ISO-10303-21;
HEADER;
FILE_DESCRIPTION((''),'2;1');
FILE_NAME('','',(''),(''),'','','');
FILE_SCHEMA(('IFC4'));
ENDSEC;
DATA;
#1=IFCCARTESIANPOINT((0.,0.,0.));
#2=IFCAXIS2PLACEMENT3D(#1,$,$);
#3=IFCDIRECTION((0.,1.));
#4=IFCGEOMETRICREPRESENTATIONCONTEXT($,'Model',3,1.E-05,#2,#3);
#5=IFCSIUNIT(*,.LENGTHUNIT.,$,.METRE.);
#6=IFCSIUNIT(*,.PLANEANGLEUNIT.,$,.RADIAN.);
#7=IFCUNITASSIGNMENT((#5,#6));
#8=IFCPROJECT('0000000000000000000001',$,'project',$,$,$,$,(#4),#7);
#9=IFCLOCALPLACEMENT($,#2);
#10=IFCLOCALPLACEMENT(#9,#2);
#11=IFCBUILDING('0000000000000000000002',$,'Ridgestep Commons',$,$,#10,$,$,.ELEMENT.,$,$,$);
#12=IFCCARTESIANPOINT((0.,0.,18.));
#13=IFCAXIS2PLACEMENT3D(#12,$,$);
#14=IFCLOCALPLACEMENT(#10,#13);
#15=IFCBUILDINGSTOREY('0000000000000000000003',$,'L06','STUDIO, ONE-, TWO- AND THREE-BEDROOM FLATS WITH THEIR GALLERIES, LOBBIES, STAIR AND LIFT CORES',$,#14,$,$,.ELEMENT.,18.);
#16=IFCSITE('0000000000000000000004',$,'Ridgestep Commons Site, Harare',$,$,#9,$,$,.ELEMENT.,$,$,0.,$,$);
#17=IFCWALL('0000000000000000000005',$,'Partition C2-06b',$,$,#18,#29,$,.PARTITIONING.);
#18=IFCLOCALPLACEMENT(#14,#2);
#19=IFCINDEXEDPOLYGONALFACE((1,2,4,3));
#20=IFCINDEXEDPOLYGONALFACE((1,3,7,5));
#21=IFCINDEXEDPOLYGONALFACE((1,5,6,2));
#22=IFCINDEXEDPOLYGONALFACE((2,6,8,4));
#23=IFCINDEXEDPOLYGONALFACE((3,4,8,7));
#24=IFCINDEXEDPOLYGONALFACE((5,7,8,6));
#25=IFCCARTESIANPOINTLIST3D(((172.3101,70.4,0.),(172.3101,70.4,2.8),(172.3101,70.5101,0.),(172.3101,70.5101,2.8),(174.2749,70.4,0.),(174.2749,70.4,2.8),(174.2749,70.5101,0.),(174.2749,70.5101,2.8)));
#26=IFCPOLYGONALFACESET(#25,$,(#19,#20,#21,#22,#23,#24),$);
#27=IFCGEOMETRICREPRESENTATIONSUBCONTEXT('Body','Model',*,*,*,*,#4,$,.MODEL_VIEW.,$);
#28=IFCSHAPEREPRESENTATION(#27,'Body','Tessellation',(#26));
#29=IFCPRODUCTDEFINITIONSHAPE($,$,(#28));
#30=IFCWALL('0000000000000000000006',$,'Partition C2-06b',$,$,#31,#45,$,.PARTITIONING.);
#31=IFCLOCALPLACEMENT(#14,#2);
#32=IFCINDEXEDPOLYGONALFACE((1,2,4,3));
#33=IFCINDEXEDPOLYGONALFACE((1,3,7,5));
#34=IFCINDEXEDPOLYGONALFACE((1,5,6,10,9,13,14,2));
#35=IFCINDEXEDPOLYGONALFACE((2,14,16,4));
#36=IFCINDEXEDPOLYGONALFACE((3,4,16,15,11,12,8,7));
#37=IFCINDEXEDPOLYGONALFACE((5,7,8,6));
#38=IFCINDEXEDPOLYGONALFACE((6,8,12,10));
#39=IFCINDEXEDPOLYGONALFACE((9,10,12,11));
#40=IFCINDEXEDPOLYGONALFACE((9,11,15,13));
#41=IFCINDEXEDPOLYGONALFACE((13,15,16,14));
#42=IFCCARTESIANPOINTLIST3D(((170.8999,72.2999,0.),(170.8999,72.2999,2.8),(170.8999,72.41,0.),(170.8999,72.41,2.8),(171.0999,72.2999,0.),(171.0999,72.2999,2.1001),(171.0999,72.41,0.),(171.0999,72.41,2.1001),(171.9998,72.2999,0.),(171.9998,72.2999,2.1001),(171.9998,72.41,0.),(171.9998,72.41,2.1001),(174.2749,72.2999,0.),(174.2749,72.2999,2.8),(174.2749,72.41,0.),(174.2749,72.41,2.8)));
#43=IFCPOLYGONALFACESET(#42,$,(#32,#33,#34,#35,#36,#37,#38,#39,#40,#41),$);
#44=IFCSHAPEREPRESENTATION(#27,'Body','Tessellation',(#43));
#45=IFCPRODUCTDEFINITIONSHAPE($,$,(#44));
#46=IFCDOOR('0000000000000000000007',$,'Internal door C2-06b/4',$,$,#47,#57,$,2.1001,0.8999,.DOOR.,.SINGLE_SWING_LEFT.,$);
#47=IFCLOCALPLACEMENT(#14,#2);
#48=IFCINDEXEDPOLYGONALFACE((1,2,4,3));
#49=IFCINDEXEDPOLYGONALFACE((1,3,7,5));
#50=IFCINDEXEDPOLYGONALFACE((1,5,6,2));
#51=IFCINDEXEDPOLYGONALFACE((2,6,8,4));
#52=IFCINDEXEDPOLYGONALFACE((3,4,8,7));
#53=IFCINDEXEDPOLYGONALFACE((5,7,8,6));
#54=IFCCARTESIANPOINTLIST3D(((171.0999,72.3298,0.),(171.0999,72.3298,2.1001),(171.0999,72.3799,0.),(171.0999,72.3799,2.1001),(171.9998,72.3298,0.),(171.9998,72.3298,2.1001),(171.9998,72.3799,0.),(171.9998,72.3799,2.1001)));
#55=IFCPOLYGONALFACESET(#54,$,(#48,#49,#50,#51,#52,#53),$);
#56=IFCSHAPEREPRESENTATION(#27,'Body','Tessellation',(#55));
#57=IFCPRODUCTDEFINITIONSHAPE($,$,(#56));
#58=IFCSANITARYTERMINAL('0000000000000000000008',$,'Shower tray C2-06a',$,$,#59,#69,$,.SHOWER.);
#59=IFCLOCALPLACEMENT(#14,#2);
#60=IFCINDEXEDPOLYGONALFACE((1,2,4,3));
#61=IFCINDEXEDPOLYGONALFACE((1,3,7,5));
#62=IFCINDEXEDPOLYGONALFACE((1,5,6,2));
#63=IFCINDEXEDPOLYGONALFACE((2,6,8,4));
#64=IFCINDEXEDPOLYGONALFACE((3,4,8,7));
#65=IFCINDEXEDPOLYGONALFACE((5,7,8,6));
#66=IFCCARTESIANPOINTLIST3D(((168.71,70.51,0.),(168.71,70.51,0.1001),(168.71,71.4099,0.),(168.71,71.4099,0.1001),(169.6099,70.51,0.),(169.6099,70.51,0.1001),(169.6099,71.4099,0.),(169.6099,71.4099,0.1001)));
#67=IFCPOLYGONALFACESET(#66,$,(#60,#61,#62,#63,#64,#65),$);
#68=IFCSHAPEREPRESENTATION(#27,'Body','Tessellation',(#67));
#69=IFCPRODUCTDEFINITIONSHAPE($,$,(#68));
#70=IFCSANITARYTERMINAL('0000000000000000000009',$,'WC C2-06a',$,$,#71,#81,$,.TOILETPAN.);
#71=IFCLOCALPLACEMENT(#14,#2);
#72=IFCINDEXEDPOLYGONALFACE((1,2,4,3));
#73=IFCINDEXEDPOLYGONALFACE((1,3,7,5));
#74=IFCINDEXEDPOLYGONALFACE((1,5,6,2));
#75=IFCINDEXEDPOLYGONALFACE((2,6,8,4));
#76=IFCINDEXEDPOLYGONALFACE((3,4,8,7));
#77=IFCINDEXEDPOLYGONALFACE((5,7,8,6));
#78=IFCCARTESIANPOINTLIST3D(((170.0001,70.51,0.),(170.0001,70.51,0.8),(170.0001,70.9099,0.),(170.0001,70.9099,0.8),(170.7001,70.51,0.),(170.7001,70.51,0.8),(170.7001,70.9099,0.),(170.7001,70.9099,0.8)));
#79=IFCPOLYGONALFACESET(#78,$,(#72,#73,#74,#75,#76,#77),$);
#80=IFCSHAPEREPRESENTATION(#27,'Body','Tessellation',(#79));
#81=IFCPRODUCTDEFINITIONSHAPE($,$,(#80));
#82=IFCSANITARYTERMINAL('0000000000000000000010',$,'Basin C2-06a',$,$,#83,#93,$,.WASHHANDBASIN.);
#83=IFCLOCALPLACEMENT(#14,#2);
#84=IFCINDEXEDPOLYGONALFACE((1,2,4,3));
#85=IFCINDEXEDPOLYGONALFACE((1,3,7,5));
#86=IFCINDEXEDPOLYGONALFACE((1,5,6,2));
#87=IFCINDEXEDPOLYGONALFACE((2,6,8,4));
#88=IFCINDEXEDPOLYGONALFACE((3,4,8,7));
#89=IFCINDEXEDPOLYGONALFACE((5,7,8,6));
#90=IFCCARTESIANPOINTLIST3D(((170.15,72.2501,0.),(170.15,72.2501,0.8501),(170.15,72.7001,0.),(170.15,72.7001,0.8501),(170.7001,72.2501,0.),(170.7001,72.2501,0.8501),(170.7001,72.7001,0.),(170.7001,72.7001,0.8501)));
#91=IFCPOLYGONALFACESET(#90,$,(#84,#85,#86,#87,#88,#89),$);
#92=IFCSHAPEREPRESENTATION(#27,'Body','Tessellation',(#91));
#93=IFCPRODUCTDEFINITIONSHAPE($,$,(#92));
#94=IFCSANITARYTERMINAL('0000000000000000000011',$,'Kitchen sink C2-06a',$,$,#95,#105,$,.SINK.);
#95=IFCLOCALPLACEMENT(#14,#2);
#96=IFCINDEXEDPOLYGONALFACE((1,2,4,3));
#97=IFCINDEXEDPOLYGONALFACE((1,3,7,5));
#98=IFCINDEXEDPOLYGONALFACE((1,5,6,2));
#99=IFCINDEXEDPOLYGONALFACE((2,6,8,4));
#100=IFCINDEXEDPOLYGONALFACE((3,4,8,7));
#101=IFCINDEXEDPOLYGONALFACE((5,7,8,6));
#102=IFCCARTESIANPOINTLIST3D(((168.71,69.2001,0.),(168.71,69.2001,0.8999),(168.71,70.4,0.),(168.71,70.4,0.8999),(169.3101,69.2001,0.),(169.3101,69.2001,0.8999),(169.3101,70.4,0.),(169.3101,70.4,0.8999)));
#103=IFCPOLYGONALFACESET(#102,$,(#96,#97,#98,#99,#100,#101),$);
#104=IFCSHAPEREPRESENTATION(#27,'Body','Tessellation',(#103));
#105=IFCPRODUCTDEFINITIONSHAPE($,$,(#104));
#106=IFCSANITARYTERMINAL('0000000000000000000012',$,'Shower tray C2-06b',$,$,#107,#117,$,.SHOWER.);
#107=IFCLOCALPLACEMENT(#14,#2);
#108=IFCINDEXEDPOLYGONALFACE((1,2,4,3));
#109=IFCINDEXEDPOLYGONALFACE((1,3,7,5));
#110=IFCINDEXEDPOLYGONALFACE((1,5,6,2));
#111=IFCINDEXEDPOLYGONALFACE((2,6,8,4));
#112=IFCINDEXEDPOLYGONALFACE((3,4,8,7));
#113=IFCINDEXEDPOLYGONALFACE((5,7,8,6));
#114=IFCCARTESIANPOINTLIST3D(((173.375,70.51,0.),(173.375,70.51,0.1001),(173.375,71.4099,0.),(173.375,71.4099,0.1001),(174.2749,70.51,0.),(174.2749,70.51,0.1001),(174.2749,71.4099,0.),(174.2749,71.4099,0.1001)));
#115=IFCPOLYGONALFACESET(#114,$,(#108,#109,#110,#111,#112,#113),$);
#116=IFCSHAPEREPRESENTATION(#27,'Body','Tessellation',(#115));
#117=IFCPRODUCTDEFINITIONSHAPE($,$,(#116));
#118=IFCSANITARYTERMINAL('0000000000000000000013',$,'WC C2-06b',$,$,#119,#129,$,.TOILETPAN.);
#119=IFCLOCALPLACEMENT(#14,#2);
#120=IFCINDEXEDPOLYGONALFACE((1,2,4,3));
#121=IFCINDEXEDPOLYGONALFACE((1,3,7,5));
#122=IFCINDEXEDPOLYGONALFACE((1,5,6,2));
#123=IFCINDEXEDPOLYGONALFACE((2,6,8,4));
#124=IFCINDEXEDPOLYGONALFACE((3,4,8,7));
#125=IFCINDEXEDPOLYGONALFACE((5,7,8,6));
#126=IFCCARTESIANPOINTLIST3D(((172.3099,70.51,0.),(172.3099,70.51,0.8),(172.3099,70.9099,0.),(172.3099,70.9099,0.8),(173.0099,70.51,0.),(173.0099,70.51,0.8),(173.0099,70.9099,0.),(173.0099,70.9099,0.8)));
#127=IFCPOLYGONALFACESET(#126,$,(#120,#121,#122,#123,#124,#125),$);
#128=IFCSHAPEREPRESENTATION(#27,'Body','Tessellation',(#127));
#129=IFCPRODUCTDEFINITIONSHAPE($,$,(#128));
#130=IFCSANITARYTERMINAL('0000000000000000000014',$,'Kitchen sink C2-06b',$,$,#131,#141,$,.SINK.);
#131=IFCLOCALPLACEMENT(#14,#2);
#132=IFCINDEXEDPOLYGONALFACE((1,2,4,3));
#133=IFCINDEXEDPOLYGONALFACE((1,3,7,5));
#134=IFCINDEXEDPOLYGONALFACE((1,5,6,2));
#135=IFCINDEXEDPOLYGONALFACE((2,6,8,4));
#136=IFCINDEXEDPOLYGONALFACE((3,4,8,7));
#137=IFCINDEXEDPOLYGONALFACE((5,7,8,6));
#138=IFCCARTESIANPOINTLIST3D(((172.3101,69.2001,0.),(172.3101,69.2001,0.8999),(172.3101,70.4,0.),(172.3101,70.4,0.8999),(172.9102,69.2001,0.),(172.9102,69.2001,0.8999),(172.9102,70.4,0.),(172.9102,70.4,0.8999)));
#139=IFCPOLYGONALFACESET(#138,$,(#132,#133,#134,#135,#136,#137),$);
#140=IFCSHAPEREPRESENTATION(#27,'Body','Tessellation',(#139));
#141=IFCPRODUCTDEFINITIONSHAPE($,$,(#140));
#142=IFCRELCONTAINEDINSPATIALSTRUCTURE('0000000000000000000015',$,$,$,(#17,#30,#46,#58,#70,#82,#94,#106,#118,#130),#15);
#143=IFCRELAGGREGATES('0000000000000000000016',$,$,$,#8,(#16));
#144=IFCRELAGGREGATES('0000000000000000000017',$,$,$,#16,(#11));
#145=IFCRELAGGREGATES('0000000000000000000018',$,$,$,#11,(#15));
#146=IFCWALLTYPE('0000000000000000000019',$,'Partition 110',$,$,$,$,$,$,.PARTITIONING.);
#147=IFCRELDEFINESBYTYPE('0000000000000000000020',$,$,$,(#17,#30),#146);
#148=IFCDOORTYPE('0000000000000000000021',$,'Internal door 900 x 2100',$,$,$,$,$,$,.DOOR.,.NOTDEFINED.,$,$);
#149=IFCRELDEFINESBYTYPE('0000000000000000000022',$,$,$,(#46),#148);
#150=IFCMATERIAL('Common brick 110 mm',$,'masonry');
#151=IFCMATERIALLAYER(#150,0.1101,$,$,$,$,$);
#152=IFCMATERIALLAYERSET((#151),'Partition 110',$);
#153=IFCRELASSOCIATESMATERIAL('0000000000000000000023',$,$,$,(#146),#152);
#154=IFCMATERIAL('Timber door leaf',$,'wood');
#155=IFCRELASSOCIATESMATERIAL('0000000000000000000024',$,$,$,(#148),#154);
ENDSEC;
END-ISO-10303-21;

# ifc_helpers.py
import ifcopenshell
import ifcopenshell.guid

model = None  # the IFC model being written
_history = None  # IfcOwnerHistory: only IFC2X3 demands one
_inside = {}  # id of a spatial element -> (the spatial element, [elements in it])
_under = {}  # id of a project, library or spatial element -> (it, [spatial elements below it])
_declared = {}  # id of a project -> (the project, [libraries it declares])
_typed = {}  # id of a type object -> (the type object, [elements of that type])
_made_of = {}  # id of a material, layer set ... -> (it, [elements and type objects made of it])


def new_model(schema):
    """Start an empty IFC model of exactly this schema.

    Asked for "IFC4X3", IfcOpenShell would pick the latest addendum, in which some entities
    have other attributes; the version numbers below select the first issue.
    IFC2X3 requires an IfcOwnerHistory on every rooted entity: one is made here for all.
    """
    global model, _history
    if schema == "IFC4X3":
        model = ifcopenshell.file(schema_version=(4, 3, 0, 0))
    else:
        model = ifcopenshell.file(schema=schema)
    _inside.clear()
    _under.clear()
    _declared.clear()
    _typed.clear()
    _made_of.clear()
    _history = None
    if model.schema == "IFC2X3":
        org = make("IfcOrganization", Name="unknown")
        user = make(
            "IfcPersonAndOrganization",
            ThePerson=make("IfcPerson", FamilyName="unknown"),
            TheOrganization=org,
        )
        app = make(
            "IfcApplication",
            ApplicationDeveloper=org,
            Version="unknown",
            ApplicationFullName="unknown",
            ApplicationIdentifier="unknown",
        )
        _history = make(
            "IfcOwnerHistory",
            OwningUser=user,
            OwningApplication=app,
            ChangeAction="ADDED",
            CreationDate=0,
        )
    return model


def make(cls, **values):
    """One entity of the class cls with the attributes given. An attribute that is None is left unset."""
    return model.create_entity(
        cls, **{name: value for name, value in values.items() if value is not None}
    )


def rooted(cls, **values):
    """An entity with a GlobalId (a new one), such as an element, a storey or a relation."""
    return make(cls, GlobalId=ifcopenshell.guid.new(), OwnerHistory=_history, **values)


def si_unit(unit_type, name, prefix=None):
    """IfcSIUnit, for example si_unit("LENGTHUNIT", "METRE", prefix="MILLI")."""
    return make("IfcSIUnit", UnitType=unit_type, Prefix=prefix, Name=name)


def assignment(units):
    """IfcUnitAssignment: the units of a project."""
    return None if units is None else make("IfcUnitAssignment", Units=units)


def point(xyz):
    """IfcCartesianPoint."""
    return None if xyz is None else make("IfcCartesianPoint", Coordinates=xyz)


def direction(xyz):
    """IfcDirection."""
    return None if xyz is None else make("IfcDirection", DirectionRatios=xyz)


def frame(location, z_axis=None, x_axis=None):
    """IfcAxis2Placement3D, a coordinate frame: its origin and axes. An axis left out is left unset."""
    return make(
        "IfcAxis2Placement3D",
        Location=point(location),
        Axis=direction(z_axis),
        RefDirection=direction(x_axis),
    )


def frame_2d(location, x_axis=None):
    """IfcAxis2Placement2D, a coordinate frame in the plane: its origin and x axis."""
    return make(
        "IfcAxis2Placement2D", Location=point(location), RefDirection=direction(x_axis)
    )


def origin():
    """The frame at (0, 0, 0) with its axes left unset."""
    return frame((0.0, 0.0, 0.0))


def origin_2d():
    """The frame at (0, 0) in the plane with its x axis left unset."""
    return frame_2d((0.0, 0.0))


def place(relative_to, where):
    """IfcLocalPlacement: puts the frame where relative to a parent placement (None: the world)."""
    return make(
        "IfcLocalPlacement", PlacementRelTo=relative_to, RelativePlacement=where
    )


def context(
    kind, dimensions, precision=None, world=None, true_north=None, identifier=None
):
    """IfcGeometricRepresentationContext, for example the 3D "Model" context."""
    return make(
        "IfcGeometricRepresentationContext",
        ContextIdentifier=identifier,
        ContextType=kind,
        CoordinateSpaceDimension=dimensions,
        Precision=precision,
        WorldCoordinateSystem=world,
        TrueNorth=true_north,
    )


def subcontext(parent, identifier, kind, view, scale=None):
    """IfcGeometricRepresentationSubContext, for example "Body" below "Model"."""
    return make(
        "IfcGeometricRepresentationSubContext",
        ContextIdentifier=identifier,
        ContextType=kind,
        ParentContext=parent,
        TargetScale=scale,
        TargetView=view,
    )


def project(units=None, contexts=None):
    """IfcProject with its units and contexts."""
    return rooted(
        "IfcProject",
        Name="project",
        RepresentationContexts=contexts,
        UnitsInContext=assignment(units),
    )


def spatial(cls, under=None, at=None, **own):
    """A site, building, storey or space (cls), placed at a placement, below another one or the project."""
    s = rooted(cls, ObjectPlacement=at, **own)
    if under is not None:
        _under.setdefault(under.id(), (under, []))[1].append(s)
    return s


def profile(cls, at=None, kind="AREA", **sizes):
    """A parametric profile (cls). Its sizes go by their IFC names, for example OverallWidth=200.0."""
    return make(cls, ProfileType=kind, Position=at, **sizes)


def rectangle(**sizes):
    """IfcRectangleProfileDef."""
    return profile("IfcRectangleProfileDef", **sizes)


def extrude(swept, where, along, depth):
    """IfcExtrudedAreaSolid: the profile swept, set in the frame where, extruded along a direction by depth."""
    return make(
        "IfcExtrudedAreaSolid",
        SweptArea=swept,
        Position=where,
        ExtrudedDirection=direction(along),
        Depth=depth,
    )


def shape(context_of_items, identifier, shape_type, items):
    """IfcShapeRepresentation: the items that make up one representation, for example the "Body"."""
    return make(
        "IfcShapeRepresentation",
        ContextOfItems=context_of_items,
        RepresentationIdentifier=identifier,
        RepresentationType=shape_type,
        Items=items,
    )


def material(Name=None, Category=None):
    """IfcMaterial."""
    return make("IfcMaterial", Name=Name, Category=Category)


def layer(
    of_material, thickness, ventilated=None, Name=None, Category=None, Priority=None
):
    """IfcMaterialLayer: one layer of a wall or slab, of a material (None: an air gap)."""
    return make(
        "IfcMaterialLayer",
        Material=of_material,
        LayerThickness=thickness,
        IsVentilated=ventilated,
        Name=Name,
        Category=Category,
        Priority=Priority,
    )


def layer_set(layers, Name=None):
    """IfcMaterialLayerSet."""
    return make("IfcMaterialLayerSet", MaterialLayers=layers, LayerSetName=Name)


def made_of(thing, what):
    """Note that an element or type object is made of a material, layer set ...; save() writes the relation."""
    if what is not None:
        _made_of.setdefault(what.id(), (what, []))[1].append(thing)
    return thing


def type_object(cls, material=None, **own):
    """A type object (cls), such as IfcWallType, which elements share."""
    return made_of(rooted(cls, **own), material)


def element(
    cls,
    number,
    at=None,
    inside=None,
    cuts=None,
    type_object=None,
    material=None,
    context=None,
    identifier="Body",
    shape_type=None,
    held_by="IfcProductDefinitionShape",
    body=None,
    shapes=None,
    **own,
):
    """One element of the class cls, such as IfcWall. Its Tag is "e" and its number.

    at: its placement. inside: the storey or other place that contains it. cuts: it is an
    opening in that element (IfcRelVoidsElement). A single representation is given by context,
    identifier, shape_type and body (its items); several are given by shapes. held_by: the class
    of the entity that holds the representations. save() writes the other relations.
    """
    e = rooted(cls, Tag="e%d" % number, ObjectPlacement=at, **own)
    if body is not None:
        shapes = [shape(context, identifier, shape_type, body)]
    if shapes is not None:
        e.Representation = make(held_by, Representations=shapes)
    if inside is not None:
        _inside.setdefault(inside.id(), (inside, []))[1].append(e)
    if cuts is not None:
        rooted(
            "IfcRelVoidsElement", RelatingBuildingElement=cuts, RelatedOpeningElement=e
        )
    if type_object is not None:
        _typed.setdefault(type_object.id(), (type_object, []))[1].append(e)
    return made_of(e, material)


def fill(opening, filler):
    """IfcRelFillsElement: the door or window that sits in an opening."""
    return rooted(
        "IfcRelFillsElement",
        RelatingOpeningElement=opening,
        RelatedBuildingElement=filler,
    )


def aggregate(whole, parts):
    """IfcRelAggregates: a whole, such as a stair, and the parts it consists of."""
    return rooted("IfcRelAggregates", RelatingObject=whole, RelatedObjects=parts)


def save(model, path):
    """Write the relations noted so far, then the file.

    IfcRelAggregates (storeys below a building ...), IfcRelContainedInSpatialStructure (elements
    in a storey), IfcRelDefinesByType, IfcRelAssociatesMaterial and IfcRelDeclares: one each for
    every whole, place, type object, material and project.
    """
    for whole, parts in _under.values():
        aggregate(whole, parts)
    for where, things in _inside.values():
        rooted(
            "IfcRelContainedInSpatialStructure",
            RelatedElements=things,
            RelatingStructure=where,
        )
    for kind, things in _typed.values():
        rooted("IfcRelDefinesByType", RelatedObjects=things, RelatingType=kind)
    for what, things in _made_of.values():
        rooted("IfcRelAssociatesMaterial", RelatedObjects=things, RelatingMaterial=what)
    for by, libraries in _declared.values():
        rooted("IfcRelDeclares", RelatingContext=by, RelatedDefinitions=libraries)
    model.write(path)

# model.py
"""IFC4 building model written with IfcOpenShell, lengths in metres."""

from ifc_helpers import new_model, si_unit, direction, frame, frame_2d, origin, origin_2d, place, context, subcontext, project, spatial, rectangle, extrude, material, layer, layer_set, type_object, element, fill, save


model = new_model("IFC4")

# Units and contexts
model_context = context("Model", 3, precision=1e-05, world=origin(), true_north=direction((0.0, 1.0)))
body_context = subcontext(model_context, "Body", "Model", "MODEL_VIEW")
ifc_project = project(units=[si_unit("LENGTHUNIT", "METRE"), si_unit("PLANEANGLEUNIT", "RADIAN")], contexts=[model_context])

# Site, building, storey
site_placement = place(None, origin())
site = spatial("IfcSite", under=ifc_project, at=site_placement, Name="Ridgestep Commons Site, Harare", CompositionType="ELEMENT", RefElevation=0.0)
building_placement = place(site_placement, origin())
building = spatial("IfcBuilding", under=site, at=building_placement, Name="Ridgestep Commons", CompositionType="ELEMENT")
storey_placement = place(building_placement, frame((0.0, 0.0, 18.0)))
storey = spatial("IfcBuildingStorey", under=building, at=storey_placement, Name="L06", Description="STUDIO, ONE-, TWO- AND THREE-BEDROOM FLATS WITH THEIR GALLERIES, LOBBIES, STAIR AND LIFT CORES", CompositionType="ELEMENT", Elevation=18.0)

# Shared definitions
ifc_material_1 = material(Name="Common brick 110 mm", Category="masonry")
ifc_layer_1 = layer(ifc_material_1, 0.1101)
ifc_layer_set_1 = layer_set([ifc_layer_1], Name="Partition 110")
wall_type_1 = type_object("IfcWallType", Name="Partition 110", PredefinedType="PARTITIONING", material=ifc_layer_set_1)

# Shared definitions
ifc_material_2 = material(Name="Timber door leaf", Category="wood")
door_type_1 = type_object("IfcDoorType", Name="Internal door 900 x 2100", OperationType="NOTDEFINED", PredefinedType="DOOR", material=ifc_material_2)

# Wall
wall_1_placement = place(storey_placement, frame((172.3101, 70.4551, 0.0), z_axis=(0.0, 0.0, 1.0), x_axis=(1.0, 0.0, 0.0)))
element("IfcWall", 1, at=wall_1_placement, inside=storey, type_object=wall_type_1, Name="Partition C2-06b", PredefinedType="PARTITIONING", context=body_context, shape_type="SweptSolid", body=[
    extrude(rectangle(XDim=1.9648, YDim=0.1101, at=frame_2d((0.9824, 0.0))), origin(), (0.0, 0.0, 1.0), 2.8),
])

# Wall, opening, door
wall_2_placement = place(storey_placement, frame((170.8999, 72.355, 0.0), z_axis=(0.0, 0.0, 1.0), x_axis=(1.0, 0.0, 0.0)))
wall_2 = element("IfcWall", 2, at=wall_2_placement, inside=storey, type_object=wall_type_1, Name="Partition C2-06b", PredefinedType="PARTITIONING", context=body_context, shape_type="SweptSolid", body=[
    extrude(rectangle(XDim=3.375, YDim=0.1101, at=frame_2d((1.6875, 0.0))), origin(), (0.0, 0.0, 1.0), 2.8),
])
opening_1_placement = place(wall_2_placement, frame((0.2, 0.0, 0.0)))
opening_1 = element("IfcOpeningElement", 3, at=opening_1_placement, cuts=wall_2, PredefinedType="OPENING", context=body_context, shape_type="SweptSolid", body=[
    extrude(rectangle(XDim=0.8999, YDim=2.1001, at=frame_2d((0.45, 1.05))), frame((0.0, 0.0649, 0.0), z_axis=(0.0, -1.0, 0.0), x_axis=(1.0, 0.0, 0.0)), (0.0, 0.0, 1.0), 0.1301),
])
door_1_placement = place(opening_1_placement, origin())
door_1 = element("IfcDoor", 4, at=door_1_placement, inside=storey, type_object=door_type_1, Name="Internal door C2-06b/4", OperationType="SINGLE_SWING_LEFT", OverallHeight=2.1001, OverallWidth=0.8999, PredefinedType="DOOR", context=body_context, shape_type="SweptSolid", body=[
    extrude(rectangle(XDim=0.8999, YDim=2.1001, at=frame_2d((0.45, 1.05))), frame((0.0, 0.0249, 0.0), z_axis=(0.0, -1.0, 0.0), x_axis=(1.0, 0.0, 0.0)), (0.0, 0.0, 1.0), 0.05),
])
fill(opening_1, door_1)

# Sanitary terminals
sanitary_terminal_1_placement = place(storey_placement, frame((169.1599, 70.96, 0.0), z_axis=(0.0, 0.0, 1.0), x_axis=(1.0, 0.0, 0.0)))
element("IfcSanitaryTerminal", 5, at=sanitary_terminal_1_placement, inside=storey, Name="Shower tray C2-06a", PredefinedType="SHOWER", context=body_context, shape_type="SweptSolid", body=[
    extrude(rectangle(XDim=0.8999, YDim=0.8999, at=origin_2d()), origin(), (0.0, 0.0, 1.0), 0.1001),
])
sanitary_terminal_2_placement = place(storey_placement, frame((170.3501, 70.71, 0.0), z_axis=(0.0, 0.0, 1.0), x_axis=(1.0, 0.0, 0.0)))
element("IfcSanitaryTerminal", 6, at=sanitary_terminal_2_placement, inside=storey, Name="WC C2-06a", PredefinedType="TOILETPAN", context=body_context, shape_type="SweptSolid", body=[
    extrude(rectangle(XDim=0.7, YDim=0.3999, at=origin_2d()), origin(), (0.0, 0.0, 1.0), 0.8),
])
sanitary_terminal_3_placement = place(storey_placement, frame((170.425, 72.4751, 0.0), z_axis=(0.0, 0.0, 1.0), x_axis=(1.0, 0.0, 0.0)))
element("IfcSanitaryTerminal", 7, at=sanitary_terminal_3_placement, inside=storey, Name="Basin C2-06a", PredefinedType="WASHHANDBASIN", context=body_context, shape_type="SweptSolid", body=[
    extrude(rectangle(XDim=0.55, YDim=0.45, at=origin_2d()), origin(), (0.0, 0.0, 1.0), 0.8501),
])
sanitary_terminal_4_placement = place(storey_placement, frame((169.01, 69.8, 0.0), z_axis=(0.0, 0.0, 1.0), x_axis=(1.0, 0.0, 0.0)))
element("IfcSanitaryTerminal", 8, at=sanitary_terminal_4_placement, inside=storey, Name="Kitchen sink C2-06a", PredefinedType="SINK", context=body_context, shape_type="SweptSolid", body=[
    extrude(rectangle(XDim=0.6001, YDim=1.2, at=origin_2d()), origin(), (0.0, 0.0, 1.0), 0.8999),
])
sanitary_terminal_5_placement = place(storey_placement, frame((173.825, 70.96, 0.0), z_axis=(0.0, 0.0, 1.0), x_axis=(1.0, 0.0, 0.0)))
element("IfcSanitaryTerminal", 9, at=sanitary_terminal_5_placement, inside=storey, Name="Shower tray C2-06b", PredefinedType="SHOWER", context=body_context, shape_type="SweptSolid", body=[
    extrude(rectangle(XDim=0.8999, YDim=0.8999, at=origin_2d()), origin(), (0.0, 0.0, 1.0), 0.1001),
])
sanitary_terminal_6_placement = place(storey_placement, frame((172.6599, 70.71, 0.0), z_axis=(0.0, 0.0, 1.0), x_axis=(1.0, 0.0, 0.0)))
element("IfcSanitaryTerminal", 10, at=sanitary_terminal_6_placement, inside=storey, Name="WC C2-06b", PredefinedType="TOILETPAN", context=body_context, shape_type="SweptSolid", body=[
    extrude(rectangle(XDim=0.7, YDim=0.3999, at=origin_2d()), origin(), (0.0, 0.0, 1.0), 0.8),
])
sanitary_terminal_7_placement = place(storey_placement, frame((172.6101, 69.8, 0.0), z_axis=(0.0, 0.0, 1.0), x_axis=(1.0, 0.0, 0.0)))
element("IfcSanitaryTerminal", 11, at=sanitary_terminal_7_placement, inside=storey, Name="Kitchen sink C2-06b", PredefinedType="SINK", context=body_context, shape_type="SweptSolid", body=[
    extrude(rectangle(XDim=0.6001, YDim=1.2, at=origin_2d()), origin(), (0.0, 0.0, 1.0), 0.8999),
])

save(model, "model.ifc")
